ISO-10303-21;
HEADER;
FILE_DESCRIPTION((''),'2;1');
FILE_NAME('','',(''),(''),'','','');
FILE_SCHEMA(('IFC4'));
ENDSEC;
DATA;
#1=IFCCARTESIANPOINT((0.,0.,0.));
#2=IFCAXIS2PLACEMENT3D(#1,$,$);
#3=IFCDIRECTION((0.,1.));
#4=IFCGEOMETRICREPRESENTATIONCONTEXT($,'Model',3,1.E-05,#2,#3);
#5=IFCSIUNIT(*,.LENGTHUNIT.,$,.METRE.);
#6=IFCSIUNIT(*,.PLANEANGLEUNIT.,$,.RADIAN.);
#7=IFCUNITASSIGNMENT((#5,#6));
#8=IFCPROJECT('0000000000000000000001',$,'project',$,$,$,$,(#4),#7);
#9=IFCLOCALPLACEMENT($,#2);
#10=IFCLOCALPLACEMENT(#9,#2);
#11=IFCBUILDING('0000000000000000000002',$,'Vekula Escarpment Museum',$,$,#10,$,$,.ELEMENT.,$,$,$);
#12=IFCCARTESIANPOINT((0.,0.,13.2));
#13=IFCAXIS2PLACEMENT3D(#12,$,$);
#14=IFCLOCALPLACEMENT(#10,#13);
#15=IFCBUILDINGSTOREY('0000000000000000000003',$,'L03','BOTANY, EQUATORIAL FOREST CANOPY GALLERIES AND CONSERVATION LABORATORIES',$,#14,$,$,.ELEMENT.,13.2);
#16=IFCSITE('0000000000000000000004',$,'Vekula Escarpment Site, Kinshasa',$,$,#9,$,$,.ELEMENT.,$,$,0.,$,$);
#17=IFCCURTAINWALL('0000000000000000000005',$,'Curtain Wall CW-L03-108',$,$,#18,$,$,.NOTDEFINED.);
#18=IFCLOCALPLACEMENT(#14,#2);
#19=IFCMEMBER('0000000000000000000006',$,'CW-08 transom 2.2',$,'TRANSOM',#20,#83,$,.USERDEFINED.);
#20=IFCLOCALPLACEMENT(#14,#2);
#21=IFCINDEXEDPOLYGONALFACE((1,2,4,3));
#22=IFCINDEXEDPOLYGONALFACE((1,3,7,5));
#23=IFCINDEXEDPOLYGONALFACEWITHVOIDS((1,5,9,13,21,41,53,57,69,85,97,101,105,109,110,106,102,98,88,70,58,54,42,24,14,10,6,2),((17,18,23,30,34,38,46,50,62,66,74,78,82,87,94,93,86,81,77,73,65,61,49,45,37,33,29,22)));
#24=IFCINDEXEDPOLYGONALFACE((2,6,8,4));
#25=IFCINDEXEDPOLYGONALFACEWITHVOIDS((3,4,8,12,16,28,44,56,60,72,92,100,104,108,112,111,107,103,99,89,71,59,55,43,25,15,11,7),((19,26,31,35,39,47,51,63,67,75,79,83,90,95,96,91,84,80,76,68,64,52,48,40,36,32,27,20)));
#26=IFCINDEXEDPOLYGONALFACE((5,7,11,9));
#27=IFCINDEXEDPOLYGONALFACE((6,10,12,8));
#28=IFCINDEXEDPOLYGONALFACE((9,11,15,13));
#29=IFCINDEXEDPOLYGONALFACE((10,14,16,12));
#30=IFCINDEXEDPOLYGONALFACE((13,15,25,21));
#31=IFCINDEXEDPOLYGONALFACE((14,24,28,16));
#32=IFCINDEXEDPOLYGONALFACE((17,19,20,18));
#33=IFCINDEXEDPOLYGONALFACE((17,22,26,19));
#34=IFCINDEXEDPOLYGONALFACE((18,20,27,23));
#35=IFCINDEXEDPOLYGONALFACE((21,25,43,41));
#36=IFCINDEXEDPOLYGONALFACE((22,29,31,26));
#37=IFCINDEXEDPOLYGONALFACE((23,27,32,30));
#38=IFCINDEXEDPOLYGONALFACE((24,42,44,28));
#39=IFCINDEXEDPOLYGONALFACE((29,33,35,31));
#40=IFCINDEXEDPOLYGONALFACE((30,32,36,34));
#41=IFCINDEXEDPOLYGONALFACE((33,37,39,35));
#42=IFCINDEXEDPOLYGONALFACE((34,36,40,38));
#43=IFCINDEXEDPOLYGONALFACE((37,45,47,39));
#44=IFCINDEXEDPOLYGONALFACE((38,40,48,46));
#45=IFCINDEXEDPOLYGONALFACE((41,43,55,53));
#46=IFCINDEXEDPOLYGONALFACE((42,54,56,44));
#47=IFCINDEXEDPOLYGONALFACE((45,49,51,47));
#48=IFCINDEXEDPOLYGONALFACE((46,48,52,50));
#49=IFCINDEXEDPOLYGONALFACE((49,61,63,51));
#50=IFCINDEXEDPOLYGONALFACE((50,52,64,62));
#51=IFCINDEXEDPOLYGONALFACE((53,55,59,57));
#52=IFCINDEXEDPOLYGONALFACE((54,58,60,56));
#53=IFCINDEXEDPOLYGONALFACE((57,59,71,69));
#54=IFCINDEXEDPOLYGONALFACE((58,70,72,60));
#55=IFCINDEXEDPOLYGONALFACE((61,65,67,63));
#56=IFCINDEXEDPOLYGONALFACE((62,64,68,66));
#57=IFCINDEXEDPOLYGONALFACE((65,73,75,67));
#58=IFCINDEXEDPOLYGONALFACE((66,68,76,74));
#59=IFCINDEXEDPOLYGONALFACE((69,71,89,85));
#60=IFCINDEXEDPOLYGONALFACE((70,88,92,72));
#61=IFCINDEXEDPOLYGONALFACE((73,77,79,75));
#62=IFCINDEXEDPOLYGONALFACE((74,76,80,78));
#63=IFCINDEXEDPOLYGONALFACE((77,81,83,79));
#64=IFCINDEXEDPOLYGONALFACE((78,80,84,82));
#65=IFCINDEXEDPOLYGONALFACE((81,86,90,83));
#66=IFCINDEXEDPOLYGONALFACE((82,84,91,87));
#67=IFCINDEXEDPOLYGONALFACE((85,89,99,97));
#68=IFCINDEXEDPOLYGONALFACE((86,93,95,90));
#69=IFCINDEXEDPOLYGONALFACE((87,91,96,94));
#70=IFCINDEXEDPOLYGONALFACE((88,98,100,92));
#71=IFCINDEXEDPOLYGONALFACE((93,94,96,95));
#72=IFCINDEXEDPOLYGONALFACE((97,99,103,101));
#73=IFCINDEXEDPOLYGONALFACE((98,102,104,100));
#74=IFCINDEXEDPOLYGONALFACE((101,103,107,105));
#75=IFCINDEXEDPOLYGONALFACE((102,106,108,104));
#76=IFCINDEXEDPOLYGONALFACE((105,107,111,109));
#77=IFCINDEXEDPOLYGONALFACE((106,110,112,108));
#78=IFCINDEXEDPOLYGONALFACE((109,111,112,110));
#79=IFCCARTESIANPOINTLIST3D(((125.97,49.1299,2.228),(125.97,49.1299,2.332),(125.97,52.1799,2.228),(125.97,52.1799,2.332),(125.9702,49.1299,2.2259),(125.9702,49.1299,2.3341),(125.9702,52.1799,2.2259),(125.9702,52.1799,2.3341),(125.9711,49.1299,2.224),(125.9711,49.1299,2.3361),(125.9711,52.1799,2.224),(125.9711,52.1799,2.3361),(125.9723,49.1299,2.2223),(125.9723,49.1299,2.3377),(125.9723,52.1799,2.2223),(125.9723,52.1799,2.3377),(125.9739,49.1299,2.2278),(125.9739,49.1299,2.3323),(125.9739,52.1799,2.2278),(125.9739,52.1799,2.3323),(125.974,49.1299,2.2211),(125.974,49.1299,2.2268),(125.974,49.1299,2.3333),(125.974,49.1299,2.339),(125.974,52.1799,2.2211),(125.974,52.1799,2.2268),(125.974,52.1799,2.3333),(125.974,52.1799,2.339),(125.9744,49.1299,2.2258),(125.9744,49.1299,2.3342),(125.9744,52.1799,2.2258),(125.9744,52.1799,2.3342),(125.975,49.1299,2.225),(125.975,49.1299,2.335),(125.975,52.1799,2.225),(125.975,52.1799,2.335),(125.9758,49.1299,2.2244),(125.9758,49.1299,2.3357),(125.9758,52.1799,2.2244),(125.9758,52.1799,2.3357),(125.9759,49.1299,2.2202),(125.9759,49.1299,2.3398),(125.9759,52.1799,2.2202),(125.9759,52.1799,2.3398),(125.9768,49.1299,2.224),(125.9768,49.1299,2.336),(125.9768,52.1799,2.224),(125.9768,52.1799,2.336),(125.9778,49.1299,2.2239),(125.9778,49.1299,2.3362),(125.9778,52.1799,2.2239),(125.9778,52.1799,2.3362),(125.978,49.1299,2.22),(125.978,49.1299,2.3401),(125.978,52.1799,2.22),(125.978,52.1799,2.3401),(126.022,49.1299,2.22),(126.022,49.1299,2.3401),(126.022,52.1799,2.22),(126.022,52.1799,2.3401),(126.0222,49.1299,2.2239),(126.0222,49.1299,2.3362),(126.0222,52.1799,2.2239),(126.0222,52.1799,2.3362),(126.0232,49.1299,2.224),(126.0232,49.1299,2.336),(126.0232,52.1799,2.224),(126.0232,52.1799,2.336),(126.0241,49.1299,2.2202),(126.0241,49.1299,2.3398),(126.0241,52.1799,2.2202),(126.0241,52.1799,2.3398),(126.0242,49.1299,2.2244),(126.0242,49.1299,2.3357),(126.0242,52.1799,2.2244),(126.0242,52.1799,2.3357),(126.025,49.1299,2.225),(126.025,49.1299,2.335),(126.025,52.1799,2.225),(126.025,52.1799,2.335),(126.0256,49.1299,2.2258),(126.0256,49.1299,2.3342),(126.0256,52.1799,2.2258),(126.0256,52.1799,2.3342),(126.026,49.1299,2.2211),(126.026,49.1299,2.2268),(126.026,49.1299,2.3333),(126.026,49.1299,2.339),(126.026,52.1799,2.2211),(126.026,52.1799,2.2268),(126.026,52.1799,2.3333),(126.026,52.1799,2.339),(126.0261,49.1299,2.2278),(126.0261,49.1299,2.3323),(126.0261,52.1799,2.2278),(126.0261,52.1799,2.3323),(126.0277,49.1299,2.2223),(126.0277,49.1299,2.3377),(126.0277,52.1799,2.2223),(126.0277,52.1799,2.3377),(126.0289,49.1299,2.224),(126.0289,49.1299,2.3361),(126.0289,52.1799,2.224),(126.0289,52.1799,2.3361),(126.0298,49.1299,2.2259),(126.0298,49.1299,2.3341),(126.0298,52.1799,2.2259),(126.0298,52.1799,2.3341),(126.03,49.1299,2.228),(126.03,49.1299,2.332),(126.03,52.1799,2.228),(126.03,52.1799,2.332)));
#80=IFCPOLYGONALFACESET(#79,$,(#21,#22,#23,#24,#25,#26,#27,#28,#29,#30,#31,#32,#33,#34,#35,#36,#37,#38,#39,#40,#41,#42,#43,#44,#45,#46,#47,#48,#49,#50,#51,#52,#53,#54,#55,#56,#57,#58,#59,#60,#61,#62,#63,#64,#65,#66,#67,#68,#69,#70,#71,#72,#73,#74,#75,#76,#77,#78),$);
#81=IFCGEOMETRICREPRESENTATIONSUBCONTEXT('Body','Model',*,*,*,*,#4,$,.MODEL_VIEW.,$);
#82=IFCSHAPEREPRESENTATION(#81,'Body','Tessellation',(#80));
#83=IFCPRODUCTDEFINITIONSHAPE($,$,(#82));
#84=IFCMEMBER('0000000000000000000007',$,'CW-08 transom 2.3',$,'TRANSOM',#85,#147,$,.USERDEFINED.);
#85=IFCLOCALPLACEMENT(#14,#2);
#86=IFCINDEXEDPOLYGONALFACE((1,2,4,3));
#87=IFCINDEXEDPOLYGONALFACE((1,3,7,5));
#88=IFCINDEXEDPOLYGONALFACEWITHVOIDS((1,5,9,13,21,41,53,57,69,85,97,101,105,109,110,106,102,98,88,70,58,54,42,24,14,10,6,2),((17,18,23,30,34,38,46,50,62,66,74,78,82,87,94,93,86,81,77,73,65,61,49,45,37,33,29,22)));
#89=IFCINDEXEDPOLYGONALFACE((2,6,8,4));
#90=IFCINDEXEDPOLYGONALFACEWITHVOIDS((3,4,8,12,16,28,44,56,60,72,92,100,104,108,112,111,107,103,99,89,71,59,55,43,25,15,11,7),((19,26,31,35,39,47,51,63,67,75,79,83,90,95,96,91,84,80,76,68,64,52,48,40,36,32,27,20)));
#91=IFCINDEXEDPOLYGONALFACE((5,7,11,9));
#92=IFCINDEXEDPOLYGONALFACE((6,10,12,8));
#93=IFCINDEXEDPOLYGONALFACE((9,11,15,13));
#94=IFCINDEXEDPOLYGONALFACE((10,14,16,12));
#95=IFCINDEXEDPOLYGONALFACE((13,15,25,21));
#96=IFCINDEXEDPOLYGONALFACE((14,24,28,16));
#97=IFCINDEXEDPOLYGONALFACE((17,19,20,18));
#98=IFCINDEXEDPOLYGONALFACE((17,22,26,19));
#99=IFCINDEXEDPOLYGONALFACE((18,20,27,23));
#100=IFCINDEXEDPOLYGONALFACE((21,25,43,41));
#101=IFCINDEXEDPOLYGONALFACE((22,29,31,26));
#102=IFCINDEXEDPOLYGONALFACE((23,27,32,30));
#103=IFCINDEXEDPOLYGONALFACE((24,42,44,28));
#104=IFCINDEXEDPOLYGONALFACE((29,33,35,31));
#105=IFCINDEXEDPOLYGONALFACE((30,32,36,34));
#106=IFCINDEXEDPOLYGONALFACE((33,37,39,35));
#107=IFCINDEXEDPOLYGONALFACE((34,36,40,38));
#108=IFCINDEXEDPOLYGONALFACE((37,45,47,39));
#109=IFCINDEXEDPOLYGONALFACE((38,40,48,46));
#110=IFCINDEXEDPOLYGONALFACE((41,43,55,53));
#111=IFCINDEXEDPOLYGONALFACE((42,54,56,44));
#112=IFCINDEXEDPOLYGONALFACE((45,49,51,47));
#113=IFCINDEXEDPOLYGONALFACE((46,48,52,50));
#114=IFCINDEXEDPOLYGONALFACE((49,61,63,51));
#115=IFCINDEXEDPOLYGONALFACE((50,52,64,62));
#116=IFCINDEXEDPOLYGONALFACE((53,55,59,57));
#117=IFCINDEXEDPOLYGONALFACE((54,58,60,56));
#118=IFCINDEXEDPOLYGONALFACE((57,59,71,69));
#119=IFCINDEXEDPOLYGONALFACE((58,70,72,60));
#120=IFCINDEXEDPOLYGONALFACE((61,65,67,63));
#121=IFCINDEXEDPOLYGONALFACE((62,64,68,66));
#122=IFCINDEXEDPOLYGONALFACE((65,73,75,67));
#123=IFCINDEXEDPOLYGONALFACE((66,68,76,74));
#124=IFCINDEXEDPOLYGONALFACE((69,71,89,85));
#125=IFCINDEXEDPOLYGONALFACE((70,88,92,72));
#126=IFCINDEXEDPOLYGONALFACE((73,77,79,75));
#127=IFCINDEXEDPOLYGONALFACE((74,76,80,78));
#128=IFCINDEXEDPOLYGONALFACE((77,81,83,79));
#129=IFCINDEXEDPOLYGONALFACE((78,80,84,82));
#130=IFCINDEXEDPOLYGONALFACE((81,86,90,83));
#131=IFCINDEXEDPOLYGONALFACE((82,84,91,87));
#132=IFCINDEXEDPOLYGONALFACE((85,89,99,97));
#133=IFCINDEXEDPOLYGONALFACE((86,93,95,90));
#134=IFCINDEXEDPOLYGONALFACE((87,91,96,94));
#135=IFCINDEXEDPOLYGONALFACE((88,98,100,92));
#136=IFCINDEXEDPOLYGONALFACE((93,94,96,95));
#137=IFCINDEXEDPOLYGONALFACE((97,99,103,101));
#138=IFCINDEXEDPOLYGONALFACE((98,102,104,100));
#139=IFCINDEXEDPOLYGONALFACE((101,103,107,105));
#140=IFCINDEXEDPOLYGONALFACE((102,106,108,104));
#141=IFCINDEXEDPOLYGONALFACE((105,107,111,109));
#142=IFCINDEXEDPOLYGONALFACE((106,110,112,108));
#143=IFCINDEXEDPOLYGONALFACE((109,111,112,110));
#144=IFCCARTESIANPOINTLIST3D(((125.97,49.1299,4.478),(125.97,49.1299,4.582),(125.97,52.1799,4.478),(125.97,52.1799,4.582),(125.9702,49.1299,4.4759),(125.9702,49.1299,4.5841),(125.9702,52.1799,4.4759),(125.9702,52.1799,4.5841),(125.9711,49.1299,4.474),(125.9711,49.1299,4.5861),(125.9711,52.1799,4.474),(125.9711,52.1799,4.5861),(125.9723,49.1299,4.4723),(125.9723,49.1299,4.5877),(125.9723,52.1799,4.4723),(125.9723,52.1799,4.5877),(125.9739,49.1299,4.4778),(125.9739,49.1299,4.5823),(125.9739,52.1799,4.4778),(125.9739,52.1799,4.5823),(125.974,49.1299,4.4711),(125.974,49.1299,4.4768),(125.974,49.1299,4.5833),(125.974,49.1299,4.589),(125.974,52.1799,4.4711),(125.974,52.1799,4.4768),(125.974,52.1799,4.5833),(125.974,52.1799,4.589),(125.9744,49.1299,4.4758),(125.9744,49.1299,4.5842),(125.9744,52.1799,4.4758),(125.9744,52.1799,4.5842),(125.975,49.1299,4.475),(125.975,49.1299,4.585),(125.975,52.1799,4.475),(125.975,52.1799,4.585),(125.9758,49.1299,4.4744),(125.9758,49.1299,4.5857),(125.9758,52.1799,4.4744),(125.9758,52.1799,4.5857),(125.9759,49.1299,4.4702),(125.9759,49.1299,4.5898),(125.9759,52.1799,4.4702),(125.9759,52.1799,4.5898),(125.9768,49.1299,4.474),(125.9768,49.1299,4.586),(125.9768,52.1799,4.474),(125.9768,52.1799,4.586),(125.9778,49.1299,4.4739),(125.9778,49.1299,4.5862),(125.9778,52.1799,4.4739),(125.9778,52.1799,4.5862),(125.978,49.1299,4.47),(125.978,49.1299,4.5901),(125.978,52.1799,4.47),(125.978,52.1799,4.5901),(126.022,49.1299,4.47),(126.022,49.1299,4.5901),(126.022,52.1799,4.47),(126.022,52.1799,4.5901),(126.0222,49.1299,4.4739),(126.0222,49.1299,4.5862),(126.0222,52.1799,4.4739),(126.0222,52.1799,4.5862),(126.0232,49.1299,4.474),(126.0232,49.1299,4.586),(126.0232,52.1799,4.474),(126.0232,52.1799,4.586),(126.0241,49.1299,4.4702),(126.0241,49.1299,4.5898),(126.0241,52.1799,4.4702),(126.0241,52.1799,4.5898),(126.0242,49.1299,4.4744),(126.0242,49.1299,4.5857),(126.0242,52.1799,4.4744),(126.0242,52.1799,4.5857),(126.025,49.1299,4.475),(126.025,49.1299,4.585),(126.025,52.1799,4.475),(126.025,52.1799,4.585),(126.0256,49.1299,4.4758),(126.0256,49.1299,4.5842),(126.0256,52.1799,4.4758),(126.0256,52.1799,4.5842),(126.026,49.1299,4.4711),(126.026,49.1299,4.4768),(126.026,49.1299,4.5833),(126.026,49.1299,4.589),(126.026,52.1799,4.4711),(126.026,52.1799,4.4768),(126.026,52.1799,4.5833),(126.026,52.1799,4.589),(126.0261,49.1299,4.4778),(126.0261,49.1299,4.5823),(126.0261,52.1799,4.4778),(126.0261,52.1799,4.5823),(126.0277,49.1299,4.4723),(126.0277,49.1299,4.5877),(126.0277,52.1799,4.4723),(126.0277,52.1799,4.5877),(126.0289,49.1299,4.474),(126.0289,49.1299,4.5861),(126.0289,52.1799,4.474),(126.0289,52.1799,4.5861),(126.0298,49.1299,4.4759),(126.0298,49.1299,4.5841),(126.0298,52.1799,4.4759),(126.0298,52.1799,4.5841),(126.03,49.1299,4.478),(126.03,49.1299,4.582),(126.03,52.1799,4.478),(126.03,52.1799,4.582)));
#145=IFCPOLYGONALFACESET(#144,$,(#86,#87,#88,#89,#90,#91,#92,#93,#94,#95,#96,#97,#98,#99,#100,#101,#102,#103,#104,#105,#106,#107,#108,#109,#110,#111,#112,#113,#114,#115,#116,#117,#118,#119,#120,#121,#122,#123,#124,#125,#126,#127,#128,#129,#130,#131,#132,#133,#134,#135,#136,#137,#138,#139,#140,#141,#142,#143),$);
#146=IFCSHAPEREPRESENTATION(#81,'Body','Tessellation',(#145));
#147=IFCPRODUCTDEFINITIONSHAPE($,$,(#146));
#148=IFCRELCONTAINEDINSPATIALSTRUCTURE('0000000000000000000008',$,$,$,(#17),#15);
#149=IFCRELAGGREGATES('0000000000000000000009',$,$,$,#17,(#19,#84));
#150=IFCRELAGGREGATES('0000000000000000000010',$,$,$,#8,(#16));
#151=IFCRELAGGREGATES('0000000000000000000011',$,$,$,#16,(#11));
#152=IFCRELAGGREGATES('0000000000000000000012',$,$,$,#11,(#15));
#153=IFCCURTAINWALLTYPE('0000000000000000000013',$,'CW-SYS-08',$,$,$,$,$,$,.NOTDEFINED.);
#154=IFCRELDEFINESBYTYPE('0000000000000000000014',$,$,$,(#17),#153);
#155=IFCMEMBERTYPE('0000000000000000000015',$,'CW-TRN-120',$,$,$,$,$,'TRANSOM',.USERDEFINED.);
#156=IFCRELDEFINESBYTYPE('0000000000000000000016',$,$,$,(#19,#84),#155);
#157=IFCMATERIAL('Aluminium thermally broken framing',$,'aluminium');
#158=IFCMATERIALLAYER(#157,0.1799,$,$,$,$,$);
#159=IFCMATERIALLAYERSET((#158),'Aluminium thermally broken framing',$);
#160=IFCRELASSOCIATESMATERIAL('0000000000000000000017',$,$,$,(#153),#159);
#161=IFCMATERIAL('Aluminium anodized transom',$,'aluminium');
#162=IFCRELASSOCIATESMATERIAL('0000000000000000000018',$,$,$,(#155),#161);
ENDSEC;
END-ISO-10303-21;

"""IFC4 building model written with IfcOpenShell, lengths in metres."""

from ifc_helpers import new_model, si_unit, direction, frame, origin, origin_2d, place, context, subcontext, project, spatial, hollow_rectangle, extrude, material, layer, layer_set, material_profile, profile_set, type_object, element, aggregate, save


model = new_model("IFC4")

# Units and contexts
model_context = context("Model", 3, precision=1e-05, world=origin(), true_north=direction((0.0, 1.0)))
body_context = subcontext(model_context, "Body", "Model", "MODEL_VIEW")
ifc_project = project(units=[si_unit("LENGTHUNIT", "METRE"), si_unit("PLANEANGLEUNIT", "RADIAN")], contexts=[model_context])

# Site, building, storey
site_placement = place(None, origin())
site = spatial("IfcSite", under=ifc_project, at=site_placement, Name="Vekula Escarpment Site, Kinshasa", CompositionType="ELEMENT", RefElevation=0.0)
building_placement = place(site_placement, origin())
building = spatial("IfcBuilding", under=site, at=building_placement, Name="Vekula Escarpment Museum", CompositionType="ELEMENT")
storey_placement = place(building_placement, frame((0.0, 0.0, 13.2)))
storey = spatial("IfcBuildingStorey", under=building, at=storey_placement, Name="L03", Description="BOTANY, EQUATORIAL FOREST CANOPY GALLERIES AND CONSERVATION LABORATORIES", CompositionType="ELEMENT", Elevation=13.2)

# Curtain wall
ifc_material_1 = material(Name="Aluminium thermally broken framing", Category="aluminium")
ifc_layer_1 = layer(ifc_material_1, 0.1799)
ifc_layer_set_1 = layer_set([ifc_layer_1], Name="Aluminium thermally broken framing")
curtain_wall_type_1 = type_object("IfcCurtainWallType", Name="CW-SYS-08", PredefinedType="NOTDEFINED", material=ifc_layer_set_1)
curtain_wall_1_placement = place(storey_placement, origin())
curtain_wall_1 = element("IfcCurtainWall", 1, at=curtain_wall_1_placement, inside=storey, type_object=curtain_wall_type_1, Name="Curtain Wall CW-L03-108", PredefinedType="NOTDEFINED")

# Members
ifc_material_2 = material(Name="Aluminium anodized transom", Category="aluminium")
ifc_material_profile_1 = material_profile(ifc_material_2, hollow_rectangle(XDim=0.0601, YDim=0.1201, WallThickness=0.0039, InnerFilletRadius=0.0039, OuterFilletRadius=0.0081, at=origin_2d()), Name="ALU 120x60x4")
ifc_profile_set_1 = profile_set([ifc_material_profile_1], Name="Aluminium anodized transom")
member_type_1 = type_object("IfcMemberType", Name="CW-TRN-120", ElementType="TRANSOM", PredefinedType="USERDEFINED", material=ifc_profile_set_1)
member_1_placement = place(storey_placement, frame((126.0, 49.1299, 2.28), z_axis=(0.0, 1.0, 0.0), x_axis=(-1.0, 0.0, 0.0)))
member_1 = element("IfcMember", 2, at=member_1_placement, type_object=member_type_1, Name="CW-08 transom 2.2", ObjectType="TRANSOM", PredefinedType="USERDEFINED", context=body_context, shape_type="SweptSolid", body=[
    extrude(hollow_rectangle(XDim=0.0601, YDim=0.1201, WallThickness=0.0039, InnerFilletRadius=0.0039, OuterFilletRadius=0.0081, at=origin_2d()), origin(), (0.0, 0.0, 1.0), 3.05),
])
member_2_placement = place(storey_placement, frame((126.0, 49.1299, 4.53), z_axis=(0.0, 1.0, 0.0), x_axis=(-1.0, 0.0, 0.0)))
member_2 = element("IfcMember", 3, at=member_2_placement, type_object=member_type_1, Name="CW-08 transom 2.3", ObjectType="TRANSOM", PredefinedType="USERDEFINED", context=body_context, shape_type="SweptSolid", body=[
    extrude(hollow_rectangle(XDim=0.0601, YDim=0.1201, WallThickness=0.0039, InnerFilletRadius=0.0039, OuterFilletRadius=0.0081, at=origin_2d()), origin(), (0.0, 0.0, 1.0), 3.05),
])

aggregate(curtain_wall_1, [member_1, member_2])

save(model, "model.ifc")
